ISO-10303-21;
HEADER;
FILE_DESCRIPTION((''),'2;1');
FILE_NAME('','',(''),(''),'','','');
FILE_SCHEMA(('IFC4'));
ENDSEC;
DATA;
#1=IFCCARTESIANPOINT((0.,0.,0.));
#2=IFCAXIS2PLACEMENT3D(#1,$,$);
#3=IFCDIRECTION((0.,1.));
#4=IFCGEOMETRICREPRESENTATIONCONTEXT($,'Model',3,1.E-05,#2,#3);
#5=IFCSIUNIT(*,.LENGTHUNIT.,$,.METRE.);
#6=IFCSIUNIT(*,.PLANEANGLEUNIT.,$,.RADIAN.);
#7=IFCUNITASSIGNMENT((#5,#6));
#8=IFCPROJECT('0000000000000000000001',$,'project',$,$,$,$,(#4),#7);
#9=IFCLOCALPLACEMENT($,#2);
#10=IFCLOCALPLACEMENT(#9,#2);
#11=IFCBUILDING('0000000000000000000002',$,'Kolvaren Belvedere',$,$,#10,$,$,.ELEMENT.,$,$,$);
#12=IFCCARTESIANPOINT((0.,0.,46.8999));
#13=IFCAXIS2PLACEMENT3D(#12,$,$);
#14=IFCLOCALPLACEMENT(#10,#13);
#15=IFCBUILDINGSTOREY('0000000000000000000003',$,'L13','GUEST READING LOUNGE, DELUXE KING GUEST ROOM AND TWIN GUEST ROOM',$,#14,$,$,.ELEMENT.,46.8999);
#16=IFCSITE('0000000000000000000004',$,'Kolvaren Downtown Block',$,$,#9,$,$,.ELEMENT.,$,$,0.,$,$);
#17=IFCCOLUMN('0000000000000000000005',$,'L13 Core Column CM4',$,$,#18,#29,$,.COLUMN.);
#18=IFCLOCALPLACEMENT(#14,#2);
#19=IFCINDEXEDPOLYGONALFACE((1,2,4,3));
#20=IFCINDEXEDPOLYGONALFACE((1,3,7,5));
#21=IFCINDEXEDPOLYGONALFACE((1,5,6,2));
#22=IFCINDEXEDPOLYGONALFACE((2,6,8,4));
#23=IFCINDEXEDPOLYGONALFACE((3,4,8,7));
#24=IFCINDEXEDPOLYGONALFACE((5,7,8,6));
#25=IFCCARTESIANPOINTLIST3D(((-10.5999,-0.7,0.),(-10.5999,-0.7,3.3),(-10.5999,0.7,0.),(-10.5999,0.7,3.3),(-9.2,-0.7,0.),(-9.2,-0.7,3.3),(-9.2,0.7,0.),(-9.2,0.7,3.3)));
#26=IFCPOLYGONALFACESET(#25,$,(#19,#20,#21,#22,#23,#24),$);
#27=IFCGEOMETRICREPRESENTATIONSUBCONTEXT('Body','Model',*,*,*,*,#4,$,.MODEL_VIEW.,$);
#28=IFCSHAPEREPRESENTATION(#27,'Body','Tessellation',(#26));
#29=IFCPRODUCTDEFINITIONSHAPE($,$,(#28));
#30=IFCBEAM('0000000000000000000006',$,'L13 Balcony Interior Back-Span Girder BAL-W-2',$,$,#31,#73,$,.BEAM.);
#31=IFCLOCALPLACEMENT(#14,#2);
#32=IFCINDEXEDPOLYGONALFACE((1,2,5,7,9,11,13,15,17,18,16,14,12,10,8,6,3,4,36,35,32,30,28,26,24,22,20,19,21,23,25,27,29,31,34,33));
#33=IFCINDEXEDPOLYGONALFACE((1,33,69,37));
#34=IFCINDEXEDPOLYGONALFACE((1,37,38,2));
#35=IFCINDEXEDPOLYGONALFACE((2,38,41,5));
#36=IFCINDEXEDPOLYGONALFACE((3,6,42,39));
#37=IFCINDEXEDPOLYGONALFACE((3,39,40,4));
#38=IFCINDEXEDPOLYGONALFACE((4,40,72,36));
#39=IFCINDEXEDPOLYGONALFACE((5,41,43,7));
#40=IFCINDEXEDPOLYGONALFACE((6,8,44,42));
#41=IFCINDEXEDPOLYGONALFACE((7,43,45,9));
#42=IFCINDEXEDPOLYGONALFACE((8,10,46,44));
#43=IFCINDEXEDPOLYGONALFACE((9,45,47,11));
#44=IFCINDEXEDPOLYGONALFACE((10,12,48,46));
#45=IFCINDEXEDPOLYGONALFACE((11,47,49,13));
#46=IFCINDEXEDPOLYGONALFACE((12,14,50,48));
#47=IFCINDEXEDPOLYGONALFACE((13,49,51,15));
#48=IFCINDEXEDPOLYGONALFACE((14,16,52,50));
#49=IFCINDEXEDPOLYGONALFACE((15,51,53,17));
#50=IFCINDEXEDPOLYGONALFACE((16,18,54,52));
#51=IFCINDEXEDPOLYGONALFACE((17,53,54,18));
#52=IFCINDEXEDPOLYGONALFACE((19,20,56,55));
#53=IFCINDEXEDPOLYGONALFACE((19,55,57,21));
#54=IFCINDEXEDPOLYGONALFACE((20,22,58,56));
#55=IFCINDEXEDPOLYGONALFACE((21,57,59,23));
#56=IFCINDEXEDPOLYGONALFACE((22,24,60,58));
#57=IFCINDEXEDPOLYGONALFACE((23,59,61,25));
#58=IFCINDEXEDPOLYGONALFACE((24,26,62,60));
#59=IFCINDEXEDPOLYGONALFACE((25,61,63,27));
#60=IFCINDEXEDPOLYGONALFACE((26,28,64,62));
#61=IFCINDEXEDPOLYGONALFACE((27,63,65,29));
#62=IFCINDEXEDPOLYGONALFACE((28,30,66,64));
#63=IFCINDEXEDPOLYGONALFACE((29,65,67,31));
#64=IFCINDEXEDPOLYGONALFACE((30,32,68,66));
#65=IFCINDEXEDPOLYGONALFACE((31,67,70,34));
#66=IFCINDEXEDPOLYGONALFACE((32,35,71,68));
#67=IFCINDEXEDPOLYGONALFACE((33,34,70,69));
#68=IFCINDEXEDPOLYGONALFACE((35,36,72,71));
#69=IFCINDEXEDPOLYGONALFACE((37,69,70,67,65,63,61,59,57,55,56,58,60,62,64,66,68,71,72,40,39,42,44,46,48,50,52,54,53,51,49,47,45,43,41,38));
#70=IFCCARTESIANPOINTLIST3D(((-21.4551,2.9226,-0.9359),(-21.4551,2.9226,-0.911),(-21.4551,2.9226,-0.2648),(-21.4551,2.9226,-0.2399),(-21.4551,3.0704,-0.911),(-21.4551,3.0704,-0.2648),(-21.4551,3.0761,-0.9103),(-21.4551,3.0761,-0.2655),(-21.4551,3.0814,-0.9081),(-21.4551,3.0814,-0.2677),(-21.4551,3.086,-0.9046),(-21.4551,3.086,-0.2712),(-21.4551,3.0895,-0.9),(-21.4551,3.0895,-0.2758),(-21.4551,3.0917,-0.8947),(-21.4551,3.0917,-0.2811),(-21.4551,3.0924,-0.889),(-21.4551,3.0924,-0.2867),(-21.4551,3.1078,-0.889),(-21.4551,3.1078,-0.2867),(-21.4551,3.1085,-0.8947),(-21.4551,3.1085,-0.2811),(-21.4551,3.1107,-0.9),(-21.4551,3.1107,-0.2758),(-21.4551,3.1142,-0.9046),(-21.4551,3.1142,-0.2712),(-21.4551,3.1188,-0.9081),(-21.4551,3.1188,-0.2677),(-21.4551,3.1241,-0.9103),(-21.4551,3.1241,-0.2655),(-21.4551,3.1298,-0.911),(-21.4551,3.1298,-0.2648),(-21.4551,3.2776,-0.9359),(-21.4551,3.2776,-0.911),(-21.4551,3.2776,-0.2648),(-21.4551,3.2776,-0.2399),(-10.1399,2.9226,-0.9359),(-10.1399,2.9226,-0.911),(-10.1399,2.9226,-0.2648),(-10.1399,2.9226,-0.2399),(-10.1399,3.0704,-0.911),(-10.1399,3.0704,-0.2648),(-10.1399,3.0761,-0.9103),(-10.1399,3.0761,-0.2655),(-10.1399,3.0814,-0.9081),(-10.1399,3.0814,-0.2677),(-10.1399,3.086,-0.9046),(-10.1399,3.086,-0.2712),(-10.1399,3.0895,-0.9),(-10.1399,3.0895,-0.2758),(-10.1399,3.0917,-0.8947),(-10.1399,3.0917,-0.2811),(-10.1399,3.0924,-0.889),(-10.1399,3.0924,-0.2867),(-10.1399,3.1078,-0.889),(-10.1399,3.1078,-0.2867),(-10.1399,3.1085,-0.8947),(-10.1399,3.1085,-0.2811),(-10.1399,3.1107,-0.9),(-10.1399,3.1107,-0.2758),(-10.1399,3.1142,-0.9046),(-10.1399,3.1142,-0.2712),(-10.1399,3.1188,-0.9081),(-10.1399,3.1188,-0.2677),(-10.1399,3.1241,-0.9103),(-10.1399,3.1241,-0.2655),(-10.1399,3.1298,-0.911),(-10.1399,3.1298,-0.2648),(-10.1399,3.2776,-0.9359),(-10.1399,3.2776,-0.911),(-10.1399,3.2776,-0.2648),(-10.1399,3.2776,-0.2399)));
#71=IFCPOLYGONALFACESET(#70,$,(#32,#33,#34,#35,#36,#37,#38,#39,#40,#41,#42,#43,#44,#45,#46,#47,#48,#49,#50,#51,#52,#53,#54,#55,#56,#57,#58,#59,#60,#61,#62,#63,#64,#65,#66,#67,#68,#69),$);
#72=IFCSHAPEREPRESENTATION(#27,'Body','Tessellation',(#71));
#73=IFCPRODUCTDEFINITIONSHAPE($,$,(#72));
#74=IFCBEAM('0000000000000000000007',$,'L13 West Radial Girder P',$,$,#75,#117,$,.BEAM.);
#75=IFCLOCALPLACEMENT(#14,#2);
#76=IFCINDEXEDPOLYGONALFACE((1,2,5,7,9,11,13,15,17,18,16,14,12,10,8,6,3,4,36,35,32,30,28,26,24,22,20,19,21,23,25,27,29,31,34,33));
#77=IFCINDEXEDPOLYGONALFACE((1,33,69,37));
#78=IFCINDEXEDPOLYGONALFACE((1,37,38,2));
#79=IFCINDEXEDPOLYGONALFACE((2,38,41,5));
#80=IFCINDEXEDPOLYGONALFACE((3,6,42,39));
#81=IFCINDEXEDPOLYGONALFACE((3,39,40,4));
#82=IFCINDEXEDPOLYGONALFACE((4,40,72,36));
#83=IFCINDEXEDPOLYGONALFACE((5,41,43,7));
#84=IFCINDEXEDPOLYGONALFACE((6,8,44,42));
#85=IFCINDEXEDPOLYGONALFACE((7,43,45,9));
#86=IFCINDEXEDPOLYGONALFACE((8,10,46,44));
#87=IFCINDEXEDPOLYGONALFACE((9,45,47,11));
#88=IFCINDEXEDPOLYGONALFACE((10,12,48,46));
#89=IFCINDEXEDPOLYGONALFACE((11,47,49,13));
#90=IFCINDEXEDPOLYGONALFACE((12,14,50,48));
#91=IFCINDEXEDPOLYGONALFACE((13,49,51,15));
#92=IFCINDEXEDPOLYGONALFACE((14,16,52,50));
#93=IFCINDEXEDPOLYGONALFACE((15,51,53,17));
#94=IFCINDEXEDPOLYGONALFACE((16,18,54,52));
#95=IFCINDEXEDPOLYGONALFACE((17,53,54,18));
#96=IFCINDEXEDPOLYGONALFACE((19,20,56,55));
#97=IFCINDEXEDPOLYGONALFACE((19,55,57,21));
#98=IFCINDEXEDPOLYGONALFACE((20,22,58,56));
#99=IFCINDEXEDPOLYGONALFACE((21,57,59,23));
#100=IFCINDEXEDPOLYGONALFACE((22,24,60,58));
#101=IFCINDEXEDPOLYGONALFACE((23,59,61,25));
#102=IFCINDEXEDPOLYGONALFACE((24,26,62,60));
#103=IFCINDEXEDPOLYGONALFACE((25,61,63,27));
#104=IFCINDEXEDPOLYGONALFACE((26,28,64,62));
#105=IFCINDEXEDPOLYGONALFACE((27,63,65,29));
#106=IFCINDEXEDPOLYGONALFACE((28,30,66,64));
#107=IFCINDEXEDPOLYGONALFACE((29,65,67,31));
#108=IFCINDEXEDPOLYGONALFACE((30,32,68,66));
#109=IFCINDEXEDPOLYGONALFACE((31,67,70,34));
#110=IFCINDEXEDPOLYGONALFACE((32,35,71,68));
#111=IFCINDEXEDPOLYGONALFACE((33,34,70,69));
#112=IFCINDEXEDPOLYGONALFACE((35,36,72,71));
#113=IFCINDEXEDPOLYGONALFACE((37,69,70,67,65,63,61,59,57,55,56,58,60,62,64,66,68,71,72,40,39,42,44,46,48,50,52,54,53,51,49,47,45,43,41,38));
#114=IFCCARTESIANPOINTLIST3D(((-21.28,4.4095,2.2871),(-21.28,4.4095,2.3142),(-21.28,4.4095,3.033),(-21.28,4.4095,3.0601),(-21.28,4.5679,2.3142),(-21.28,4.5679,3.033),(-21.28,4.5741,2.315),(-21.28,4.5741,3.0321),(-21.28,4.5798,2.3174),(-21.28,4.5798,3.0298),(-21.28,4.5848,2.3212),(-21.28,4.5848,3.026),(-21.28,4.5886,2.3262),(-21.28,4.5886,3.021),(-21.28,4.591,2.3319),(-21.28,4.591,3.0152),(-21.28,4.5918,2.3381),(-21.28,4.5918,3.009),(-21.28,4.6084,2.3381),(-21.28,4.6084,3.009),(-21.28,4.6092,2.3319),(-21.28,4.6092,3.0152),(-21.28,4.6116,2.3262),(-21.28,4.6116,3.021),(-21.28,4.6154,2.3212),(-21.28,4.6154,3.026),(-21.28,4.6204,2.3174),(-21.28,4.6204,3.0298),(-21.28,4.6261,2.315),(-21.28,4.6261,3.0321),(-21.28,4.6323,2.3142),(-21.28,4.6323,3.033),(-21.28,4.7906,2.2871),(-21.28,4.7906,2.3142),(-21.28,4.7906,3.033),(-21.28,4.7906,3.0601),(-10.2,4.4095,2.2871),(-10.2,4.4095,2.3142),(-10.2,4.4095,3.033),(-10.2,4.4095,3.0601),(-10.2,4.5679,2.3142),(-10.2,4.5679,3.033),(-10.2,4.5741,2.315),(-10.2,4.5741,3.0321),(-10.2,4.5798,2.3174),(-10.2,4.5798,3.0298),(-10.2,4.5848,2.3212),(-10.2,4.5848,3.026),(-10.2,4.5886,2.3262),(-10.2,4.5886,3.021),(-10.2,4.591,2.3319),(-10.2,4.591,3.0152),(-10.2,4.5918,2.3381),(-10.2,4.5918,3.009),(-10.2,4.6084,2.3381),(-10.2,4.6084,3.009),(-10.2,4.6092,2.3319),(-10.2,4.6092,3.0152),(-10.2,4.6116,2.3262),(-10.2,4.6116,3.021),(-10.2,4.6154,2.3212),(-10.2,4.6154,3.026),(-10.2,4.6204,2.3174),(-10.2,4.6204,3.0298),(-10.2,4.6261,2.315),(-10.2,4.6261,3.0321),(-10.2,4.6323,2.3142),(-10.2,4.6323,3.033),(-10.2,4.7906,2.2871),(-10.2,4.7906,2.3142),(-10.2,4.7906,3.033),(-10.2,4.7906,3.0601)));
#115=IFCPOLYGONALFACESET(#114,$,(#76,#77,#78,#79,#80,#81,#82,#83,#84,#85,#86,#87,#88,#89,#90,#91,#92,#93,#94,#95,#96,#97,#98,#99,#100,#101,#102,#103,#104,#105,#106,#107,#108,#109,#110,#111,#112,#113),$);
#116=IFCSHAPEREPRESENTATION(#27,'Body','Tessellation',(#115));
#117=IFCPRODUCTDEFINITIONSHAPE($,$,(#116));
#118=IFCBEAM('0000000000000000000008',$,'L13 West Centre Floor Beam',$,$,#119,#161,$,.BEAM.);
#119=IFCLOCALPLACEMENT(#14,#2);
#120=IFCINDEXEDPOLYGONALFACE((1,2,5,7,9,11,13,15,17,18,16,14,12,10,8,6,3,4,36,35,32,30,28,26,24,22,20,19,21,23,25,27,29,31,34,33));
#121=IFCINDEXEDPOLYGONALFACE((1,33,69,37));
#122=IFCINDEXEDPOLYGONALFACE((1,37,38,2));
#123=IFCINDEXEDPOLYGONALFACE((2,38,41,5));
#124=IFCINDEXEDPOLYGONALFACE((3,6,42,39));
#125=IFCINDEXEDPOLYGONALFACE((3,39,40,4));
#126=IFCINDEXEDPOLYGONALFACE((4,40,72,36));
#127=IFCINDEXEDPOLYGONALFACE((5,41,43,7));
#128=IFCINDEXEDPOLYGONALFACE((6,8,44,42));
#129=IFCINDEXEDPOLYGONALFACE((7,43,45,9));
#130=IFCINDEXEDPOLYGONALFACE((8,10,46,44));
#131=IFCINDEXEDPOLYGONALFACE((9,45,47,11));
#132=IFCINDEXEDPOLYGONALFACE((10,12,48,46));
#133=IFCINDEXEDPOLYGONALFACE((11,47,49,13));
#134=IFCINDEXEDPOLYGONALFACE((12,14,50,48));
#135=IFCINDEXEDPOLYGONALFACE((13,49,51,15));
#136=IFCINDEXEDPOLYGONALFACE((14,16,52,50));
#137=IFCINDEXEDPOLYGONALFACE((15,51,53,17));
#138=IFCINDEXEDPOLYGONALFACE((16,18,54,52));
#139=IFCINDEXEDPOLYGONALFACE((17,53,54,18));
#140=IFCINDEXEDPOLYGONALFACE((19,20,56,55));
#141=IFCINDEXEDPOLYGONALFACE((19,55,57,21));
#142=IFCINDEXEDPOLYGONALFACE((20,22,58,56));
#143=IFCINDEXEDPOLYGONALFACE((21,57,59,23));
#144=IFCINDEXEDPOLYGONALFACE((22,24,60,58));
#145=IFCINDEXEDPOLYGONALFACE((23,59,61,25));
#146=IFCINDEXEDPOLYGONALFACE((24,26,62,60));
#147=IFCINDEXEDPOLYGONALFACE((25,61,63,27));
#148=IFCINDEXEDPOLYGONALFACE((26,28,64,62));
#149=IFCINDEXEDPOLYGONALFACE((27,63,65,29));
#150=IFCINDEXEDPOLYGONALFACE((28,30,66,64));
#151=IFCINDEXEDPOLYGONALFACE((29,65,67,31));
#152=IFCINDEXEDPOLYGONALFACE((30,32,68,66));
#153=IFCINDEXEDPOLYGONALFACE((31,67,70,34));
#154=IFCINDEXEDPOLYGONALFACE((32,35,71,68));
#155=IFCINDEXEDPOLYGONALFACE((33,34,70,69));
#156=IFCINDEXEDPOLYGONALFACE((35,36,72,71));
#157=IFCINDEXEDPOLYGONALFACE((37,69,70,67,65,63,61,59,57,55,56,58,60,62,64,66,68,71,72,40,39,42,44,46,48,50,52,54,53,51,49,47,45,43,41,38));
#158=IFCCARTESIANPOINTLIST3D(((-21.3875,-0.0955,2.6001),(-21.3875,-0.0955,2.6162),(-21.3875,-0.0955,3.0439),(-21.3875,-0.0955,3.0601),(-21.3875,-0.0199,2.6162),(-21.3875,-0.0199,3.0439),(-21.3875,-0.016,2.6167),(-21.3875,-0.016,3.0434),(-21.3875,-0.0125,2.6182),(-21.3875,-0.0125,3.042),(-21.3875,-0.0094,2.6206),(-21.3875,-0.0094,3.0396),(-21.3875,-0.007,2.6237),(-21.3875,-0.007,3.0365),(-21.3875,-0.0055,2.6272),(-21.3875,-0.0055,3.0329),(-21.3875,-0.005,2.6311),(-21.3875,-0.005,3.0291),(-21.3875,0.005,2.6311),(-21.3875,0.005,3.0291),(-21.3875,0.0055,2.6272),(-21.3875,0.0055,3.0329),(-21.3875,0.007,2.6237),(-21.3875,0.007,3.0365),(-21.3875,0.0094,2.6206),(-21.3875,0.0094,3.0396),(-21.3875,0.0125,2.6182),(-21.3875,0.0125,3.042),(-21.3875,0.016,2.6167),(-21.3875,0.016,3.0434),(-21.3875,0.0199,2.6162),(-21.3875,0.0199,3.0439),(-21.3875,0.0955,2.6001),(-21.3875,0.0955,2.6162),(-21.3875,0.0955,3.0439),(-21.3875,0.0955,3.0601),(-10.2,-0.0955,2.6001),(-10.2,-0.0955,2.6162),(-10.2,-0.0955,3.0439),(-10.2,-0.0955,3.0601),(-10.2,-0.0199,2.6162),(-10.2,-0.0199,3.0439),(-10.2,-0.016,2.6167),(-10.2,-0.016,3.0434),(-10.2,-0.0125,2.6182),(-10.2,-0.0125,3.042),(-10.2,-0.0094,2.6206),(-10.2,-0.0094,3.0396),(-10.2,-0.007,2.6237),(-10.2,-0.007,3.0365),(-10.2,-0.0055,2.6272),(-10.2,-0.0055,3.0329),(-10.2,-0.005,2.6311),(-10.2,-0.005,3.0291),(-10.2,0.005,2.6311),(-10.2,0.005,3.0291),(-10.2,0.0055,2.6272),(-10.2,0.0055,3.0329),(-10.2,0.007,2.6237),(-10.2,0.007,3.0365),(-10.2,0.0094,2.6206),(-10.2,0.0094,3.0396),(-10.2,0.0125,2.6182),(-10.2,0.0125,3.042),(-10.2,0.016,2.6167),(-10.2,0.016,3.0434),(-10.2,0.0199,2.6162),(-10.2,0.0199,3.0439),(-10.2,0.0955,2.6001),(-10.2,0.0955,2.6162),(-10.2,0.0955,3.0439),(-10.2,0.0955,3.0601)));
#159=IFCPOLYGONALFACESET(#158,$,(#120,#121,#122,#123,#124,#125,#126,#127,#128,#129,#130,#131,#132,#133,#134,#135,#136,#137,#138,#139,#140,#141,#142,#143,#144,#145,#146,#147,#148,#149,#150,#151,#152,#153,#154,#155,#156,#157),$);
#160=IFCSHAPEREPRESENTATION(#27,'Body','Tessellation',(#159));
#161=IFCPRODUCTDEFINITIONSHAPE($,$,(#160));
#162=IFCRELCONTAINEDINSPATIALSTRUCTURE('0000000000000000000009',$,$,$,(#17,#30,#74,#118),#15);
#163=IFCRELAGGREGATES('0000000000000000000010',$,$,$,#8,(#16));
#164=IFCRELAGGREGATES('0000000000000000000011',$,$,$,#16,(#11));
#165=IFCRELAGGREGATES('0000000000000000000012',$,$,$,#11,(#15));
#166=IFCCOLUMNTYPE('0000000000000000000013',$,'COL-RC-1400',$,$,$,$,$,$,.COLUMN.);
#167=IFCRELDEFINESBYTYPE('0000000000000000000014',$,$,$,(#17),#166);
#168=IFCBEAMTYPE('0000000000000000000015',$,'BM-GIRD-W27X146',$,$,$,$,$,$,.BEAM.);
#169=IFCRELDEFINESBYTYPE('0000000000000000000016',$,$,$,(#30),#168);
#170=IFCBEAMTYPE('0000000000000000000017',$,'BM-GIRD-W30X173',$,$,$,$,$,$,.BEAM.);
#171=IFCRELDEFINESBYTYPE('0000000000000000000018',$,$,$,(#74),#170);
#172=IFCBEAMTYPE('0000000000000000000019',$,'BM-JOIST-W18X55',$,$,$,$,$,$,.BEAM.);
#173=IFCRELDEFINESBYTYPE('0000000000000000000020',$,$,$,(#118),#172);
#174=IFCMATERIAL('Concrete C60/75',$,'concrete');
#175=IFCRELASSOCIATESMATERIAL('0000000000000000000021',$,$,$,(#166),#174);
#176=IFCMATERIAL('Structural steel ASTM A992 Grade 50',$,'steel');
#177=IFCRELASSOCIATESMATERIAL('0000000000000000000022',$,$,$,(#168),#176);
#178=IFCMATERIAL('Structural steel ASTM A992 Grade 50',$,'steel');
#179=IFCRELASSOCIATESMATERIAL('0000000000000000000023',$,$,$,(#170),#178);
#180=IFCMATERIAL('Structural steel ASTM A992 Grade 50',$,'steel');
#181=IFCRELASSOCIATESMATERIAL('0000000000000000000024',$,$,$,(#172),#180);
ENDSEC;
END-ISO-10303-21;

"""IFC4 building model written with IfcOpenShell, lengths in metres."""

from ifc_helpers import new_model, si_unit, direction, frame, origin, origin_2d, place, context, subcontext, project, spatial, rectangle, i_section, extrude, material, material_profile, profile_set, type_object, element, save


model = new_model("IFC4")

# Units and contexts
model_context = context("Model", 3, precision=1e-05, world=origin(), true_north=direction((0.0, 1.0)))
body_context = subcontext(model_context, "Body", "Model", "MODEL_VIEW")
ifc_project = project(units=[si_unit("LENGTHUNIT", "METRE"), si_unit("PLANEANGLEUNIT", "RADIAN")], contexts=[model_context])

# Site, building, storey
site_placement = place(None, origin())
site = spatial("IfcSite", under=ifc_project, at=site_placement, Name="Kolvaren Downtown Block", CompositionType="ELEMENT", RefElevation=0.0)
building_placement = place(site_placement, origin())
building = spatial("IfcBuilding", under=site, at=building_placement, Name="Kolvaren Belvedere", CompositionType="ELEMENT")
storey_placement = place(building_placement, frame((0.0, 0.0, 46.8999)))
storey = spatial("IfcBuildingStorey", under=building, at=storey_placement, Name="L13", Description="GUEST READING LOUNGE, DELUXE KING GUEST ROOM AND TWIN GUEST ROOM", CompositionType="ELEMENT", Elevation=46.8999)

# Column
ifc_material_1 = material(Name="Concrete C60/75", Category="concrete")
ifc_material_profile_1 = material_profile(ifc_material_1, rectangle(XDim=1.3999, YDim=1.3999, at=origin_2d()), Name="RC 1400X1400")
ifc_profile_set_1 = profile_set([ifc_material_profile_1], Name="Concrete C60/75")
column_type = type_object("IfcColumnType", Name="COL-RC-1400", PredefinedType="COLUMN", material=ifc_profile_set_1)
column_placement = place(storey_placement, frame((-9.8999, 0.0, 0.0), z_axis=(0.0, 0.0, 1.0), x_axis=(1.0, 0.0, 0.0)))
element("IfcColumn", 1, at=column_placement, inside=storey, type_object=column_type, Name="L13 Core Column CM4", PredefinedType="COLUMN", context=body_context, shape_type="SweptSolid", body=[
    extrude(rectangle(XDim=1.3999, YDim=1.3999, at=origin_2d()), origin(), (0.0, 0.0, 1.0), 3.3),
])

# Beams
ifc_material_2 = material(Name="Structural steel ASTM A992 Grade 50", Category="steel")
ifc_material_profile_2 = material_profile(ifc_material_2, i_section(OverallWidth=0.355, OverallDepth=0.696, WebThickness=0.0154, FlangeThickness=0.0249, FilletRadius=0.022, at=origin_2d()), Name="W27X146")
ifc_profile_set_2 = profile_set([ifc_material_profile_2], Name="Structural steel ASTM A992 Grade 50")
beam_type_1 = type_object("IfcBeamType", Name="BM-GIRD-W27X146", PredefinedType="BEAM", material=ifc_profile_set_2)
beam_1_placement = place(storey_placement, frame((-10.1399, 3.1001, -0.5879), z_axis=(-1.0, 0.0, 0.0), x_axis=(0.0, -1.0, 0.0)))
element("IfcBeam", 2, at=beam_1_placement, inside=storey, type_object=beam_type_1, Name="L13 Balcony Interior Back-Span Girder BAL-W-2", PredefinedType="BEAM", context=body_context, shape_type="SweptSolid", body=[
    extrude(i_section(OverallWidth=0.355, OverallDepth=0.696, WebThickness=0.0154, FlangeThickness=0.0249, FilletRadius=0.022, at=origin_2d()), origin(), (0.0, 0.0, 1.0), 11.3152),
])
ifc_material_3 = material(Name="Structural steel ASTM A992 Grade 50", Category="steel")
ifc_material_profile_3 = material_profile(ifc_material_3, i_section(OverallWidth=0.3811, OverallDepth=0.7729, WebThickness=0.0166, FlangeThickness=0.0271, FilletRadius=0.0239, at=origin_2d()), Name="W30X173")
ifc_profile_set_3 = profile_set([ifc_material_profile_3], Name="Structural steel ASTM A992 Grade 50")
beam_type_2 = type_object("IfcBeamType", Name="BM-GIRD-W30X173", PredefinedType="BEAM", material=ifc_profile_set_3)
beam_2_placement = place(storey_placement, frame((-10.2, 4.6001, 2.6736), z_axis=(-1.0, 0.0, 0.0), x_axis=(0.0, -1.0, 0.0)))
element("IfcBeam", 3, at=beam_2_placement, inside=storey, type_object=beam_type_2, Name="L13 West Radial Girder P", PredefinedType="BEAM", context=body_context, shape_type="SweptSolid", body=[
    extrude(i_section(OverallWidth=0.3811, OverallDepth=0.7729, WebThickness=0.0166, FlangeThickness=0.0271, FilletRadius=0.0239, at=origin_2d()), origin(), (0.0, 0.0, 1.0), 11.0801),
])
ifc_material_4 = material(Name="Structural steel ASTM A992 Grade 50", Category="steel")
ifc_material_profile_4 = material_profile(ifc_material_4, i_section(OverallWidth=0.1909, OverallDepth=0.46, WebThickness=0.01, FlangeThickness=0.0161, FilletRadius=0.0149, at=origin_2d()), Name="W18X55")
ifc_profile_set_4 = profile_set([ifc_material_profile_4], Name="Structural steel ASTM A992 Grade 50")
beam_type_3 = type_object("IfcBeamType", Name="BM-JOIST-W18X55", PredefinedType="BEAM", material=ifc_profile_set_4)
beam_3_placement = place(storey_placement, frame((-10.2, 0.0, 2.8301), z_axis=(-1.0, 0.0, 0.0), x_axis=(0.0, -1.0, 0.0)))
element("IfcBeam", 4, at=beam_3_placement, inside=storey, type_object=beam_type_3, Name="L13 West Centre Floor Beam", PredefinedType="BEAM", context=body_context, shape_type="SweptSolid", body=[
    extrude(i_section(OverallWidth=0.1909, OverallDepth=0.46, WebThickness=0.01, FlangeThickness=0.0161, FilletRadius=0.0149, at=origin_2d()), origin(), (0.0, 0.0, 1.0), 11.1875),
])

save(model, "model.ifc")
